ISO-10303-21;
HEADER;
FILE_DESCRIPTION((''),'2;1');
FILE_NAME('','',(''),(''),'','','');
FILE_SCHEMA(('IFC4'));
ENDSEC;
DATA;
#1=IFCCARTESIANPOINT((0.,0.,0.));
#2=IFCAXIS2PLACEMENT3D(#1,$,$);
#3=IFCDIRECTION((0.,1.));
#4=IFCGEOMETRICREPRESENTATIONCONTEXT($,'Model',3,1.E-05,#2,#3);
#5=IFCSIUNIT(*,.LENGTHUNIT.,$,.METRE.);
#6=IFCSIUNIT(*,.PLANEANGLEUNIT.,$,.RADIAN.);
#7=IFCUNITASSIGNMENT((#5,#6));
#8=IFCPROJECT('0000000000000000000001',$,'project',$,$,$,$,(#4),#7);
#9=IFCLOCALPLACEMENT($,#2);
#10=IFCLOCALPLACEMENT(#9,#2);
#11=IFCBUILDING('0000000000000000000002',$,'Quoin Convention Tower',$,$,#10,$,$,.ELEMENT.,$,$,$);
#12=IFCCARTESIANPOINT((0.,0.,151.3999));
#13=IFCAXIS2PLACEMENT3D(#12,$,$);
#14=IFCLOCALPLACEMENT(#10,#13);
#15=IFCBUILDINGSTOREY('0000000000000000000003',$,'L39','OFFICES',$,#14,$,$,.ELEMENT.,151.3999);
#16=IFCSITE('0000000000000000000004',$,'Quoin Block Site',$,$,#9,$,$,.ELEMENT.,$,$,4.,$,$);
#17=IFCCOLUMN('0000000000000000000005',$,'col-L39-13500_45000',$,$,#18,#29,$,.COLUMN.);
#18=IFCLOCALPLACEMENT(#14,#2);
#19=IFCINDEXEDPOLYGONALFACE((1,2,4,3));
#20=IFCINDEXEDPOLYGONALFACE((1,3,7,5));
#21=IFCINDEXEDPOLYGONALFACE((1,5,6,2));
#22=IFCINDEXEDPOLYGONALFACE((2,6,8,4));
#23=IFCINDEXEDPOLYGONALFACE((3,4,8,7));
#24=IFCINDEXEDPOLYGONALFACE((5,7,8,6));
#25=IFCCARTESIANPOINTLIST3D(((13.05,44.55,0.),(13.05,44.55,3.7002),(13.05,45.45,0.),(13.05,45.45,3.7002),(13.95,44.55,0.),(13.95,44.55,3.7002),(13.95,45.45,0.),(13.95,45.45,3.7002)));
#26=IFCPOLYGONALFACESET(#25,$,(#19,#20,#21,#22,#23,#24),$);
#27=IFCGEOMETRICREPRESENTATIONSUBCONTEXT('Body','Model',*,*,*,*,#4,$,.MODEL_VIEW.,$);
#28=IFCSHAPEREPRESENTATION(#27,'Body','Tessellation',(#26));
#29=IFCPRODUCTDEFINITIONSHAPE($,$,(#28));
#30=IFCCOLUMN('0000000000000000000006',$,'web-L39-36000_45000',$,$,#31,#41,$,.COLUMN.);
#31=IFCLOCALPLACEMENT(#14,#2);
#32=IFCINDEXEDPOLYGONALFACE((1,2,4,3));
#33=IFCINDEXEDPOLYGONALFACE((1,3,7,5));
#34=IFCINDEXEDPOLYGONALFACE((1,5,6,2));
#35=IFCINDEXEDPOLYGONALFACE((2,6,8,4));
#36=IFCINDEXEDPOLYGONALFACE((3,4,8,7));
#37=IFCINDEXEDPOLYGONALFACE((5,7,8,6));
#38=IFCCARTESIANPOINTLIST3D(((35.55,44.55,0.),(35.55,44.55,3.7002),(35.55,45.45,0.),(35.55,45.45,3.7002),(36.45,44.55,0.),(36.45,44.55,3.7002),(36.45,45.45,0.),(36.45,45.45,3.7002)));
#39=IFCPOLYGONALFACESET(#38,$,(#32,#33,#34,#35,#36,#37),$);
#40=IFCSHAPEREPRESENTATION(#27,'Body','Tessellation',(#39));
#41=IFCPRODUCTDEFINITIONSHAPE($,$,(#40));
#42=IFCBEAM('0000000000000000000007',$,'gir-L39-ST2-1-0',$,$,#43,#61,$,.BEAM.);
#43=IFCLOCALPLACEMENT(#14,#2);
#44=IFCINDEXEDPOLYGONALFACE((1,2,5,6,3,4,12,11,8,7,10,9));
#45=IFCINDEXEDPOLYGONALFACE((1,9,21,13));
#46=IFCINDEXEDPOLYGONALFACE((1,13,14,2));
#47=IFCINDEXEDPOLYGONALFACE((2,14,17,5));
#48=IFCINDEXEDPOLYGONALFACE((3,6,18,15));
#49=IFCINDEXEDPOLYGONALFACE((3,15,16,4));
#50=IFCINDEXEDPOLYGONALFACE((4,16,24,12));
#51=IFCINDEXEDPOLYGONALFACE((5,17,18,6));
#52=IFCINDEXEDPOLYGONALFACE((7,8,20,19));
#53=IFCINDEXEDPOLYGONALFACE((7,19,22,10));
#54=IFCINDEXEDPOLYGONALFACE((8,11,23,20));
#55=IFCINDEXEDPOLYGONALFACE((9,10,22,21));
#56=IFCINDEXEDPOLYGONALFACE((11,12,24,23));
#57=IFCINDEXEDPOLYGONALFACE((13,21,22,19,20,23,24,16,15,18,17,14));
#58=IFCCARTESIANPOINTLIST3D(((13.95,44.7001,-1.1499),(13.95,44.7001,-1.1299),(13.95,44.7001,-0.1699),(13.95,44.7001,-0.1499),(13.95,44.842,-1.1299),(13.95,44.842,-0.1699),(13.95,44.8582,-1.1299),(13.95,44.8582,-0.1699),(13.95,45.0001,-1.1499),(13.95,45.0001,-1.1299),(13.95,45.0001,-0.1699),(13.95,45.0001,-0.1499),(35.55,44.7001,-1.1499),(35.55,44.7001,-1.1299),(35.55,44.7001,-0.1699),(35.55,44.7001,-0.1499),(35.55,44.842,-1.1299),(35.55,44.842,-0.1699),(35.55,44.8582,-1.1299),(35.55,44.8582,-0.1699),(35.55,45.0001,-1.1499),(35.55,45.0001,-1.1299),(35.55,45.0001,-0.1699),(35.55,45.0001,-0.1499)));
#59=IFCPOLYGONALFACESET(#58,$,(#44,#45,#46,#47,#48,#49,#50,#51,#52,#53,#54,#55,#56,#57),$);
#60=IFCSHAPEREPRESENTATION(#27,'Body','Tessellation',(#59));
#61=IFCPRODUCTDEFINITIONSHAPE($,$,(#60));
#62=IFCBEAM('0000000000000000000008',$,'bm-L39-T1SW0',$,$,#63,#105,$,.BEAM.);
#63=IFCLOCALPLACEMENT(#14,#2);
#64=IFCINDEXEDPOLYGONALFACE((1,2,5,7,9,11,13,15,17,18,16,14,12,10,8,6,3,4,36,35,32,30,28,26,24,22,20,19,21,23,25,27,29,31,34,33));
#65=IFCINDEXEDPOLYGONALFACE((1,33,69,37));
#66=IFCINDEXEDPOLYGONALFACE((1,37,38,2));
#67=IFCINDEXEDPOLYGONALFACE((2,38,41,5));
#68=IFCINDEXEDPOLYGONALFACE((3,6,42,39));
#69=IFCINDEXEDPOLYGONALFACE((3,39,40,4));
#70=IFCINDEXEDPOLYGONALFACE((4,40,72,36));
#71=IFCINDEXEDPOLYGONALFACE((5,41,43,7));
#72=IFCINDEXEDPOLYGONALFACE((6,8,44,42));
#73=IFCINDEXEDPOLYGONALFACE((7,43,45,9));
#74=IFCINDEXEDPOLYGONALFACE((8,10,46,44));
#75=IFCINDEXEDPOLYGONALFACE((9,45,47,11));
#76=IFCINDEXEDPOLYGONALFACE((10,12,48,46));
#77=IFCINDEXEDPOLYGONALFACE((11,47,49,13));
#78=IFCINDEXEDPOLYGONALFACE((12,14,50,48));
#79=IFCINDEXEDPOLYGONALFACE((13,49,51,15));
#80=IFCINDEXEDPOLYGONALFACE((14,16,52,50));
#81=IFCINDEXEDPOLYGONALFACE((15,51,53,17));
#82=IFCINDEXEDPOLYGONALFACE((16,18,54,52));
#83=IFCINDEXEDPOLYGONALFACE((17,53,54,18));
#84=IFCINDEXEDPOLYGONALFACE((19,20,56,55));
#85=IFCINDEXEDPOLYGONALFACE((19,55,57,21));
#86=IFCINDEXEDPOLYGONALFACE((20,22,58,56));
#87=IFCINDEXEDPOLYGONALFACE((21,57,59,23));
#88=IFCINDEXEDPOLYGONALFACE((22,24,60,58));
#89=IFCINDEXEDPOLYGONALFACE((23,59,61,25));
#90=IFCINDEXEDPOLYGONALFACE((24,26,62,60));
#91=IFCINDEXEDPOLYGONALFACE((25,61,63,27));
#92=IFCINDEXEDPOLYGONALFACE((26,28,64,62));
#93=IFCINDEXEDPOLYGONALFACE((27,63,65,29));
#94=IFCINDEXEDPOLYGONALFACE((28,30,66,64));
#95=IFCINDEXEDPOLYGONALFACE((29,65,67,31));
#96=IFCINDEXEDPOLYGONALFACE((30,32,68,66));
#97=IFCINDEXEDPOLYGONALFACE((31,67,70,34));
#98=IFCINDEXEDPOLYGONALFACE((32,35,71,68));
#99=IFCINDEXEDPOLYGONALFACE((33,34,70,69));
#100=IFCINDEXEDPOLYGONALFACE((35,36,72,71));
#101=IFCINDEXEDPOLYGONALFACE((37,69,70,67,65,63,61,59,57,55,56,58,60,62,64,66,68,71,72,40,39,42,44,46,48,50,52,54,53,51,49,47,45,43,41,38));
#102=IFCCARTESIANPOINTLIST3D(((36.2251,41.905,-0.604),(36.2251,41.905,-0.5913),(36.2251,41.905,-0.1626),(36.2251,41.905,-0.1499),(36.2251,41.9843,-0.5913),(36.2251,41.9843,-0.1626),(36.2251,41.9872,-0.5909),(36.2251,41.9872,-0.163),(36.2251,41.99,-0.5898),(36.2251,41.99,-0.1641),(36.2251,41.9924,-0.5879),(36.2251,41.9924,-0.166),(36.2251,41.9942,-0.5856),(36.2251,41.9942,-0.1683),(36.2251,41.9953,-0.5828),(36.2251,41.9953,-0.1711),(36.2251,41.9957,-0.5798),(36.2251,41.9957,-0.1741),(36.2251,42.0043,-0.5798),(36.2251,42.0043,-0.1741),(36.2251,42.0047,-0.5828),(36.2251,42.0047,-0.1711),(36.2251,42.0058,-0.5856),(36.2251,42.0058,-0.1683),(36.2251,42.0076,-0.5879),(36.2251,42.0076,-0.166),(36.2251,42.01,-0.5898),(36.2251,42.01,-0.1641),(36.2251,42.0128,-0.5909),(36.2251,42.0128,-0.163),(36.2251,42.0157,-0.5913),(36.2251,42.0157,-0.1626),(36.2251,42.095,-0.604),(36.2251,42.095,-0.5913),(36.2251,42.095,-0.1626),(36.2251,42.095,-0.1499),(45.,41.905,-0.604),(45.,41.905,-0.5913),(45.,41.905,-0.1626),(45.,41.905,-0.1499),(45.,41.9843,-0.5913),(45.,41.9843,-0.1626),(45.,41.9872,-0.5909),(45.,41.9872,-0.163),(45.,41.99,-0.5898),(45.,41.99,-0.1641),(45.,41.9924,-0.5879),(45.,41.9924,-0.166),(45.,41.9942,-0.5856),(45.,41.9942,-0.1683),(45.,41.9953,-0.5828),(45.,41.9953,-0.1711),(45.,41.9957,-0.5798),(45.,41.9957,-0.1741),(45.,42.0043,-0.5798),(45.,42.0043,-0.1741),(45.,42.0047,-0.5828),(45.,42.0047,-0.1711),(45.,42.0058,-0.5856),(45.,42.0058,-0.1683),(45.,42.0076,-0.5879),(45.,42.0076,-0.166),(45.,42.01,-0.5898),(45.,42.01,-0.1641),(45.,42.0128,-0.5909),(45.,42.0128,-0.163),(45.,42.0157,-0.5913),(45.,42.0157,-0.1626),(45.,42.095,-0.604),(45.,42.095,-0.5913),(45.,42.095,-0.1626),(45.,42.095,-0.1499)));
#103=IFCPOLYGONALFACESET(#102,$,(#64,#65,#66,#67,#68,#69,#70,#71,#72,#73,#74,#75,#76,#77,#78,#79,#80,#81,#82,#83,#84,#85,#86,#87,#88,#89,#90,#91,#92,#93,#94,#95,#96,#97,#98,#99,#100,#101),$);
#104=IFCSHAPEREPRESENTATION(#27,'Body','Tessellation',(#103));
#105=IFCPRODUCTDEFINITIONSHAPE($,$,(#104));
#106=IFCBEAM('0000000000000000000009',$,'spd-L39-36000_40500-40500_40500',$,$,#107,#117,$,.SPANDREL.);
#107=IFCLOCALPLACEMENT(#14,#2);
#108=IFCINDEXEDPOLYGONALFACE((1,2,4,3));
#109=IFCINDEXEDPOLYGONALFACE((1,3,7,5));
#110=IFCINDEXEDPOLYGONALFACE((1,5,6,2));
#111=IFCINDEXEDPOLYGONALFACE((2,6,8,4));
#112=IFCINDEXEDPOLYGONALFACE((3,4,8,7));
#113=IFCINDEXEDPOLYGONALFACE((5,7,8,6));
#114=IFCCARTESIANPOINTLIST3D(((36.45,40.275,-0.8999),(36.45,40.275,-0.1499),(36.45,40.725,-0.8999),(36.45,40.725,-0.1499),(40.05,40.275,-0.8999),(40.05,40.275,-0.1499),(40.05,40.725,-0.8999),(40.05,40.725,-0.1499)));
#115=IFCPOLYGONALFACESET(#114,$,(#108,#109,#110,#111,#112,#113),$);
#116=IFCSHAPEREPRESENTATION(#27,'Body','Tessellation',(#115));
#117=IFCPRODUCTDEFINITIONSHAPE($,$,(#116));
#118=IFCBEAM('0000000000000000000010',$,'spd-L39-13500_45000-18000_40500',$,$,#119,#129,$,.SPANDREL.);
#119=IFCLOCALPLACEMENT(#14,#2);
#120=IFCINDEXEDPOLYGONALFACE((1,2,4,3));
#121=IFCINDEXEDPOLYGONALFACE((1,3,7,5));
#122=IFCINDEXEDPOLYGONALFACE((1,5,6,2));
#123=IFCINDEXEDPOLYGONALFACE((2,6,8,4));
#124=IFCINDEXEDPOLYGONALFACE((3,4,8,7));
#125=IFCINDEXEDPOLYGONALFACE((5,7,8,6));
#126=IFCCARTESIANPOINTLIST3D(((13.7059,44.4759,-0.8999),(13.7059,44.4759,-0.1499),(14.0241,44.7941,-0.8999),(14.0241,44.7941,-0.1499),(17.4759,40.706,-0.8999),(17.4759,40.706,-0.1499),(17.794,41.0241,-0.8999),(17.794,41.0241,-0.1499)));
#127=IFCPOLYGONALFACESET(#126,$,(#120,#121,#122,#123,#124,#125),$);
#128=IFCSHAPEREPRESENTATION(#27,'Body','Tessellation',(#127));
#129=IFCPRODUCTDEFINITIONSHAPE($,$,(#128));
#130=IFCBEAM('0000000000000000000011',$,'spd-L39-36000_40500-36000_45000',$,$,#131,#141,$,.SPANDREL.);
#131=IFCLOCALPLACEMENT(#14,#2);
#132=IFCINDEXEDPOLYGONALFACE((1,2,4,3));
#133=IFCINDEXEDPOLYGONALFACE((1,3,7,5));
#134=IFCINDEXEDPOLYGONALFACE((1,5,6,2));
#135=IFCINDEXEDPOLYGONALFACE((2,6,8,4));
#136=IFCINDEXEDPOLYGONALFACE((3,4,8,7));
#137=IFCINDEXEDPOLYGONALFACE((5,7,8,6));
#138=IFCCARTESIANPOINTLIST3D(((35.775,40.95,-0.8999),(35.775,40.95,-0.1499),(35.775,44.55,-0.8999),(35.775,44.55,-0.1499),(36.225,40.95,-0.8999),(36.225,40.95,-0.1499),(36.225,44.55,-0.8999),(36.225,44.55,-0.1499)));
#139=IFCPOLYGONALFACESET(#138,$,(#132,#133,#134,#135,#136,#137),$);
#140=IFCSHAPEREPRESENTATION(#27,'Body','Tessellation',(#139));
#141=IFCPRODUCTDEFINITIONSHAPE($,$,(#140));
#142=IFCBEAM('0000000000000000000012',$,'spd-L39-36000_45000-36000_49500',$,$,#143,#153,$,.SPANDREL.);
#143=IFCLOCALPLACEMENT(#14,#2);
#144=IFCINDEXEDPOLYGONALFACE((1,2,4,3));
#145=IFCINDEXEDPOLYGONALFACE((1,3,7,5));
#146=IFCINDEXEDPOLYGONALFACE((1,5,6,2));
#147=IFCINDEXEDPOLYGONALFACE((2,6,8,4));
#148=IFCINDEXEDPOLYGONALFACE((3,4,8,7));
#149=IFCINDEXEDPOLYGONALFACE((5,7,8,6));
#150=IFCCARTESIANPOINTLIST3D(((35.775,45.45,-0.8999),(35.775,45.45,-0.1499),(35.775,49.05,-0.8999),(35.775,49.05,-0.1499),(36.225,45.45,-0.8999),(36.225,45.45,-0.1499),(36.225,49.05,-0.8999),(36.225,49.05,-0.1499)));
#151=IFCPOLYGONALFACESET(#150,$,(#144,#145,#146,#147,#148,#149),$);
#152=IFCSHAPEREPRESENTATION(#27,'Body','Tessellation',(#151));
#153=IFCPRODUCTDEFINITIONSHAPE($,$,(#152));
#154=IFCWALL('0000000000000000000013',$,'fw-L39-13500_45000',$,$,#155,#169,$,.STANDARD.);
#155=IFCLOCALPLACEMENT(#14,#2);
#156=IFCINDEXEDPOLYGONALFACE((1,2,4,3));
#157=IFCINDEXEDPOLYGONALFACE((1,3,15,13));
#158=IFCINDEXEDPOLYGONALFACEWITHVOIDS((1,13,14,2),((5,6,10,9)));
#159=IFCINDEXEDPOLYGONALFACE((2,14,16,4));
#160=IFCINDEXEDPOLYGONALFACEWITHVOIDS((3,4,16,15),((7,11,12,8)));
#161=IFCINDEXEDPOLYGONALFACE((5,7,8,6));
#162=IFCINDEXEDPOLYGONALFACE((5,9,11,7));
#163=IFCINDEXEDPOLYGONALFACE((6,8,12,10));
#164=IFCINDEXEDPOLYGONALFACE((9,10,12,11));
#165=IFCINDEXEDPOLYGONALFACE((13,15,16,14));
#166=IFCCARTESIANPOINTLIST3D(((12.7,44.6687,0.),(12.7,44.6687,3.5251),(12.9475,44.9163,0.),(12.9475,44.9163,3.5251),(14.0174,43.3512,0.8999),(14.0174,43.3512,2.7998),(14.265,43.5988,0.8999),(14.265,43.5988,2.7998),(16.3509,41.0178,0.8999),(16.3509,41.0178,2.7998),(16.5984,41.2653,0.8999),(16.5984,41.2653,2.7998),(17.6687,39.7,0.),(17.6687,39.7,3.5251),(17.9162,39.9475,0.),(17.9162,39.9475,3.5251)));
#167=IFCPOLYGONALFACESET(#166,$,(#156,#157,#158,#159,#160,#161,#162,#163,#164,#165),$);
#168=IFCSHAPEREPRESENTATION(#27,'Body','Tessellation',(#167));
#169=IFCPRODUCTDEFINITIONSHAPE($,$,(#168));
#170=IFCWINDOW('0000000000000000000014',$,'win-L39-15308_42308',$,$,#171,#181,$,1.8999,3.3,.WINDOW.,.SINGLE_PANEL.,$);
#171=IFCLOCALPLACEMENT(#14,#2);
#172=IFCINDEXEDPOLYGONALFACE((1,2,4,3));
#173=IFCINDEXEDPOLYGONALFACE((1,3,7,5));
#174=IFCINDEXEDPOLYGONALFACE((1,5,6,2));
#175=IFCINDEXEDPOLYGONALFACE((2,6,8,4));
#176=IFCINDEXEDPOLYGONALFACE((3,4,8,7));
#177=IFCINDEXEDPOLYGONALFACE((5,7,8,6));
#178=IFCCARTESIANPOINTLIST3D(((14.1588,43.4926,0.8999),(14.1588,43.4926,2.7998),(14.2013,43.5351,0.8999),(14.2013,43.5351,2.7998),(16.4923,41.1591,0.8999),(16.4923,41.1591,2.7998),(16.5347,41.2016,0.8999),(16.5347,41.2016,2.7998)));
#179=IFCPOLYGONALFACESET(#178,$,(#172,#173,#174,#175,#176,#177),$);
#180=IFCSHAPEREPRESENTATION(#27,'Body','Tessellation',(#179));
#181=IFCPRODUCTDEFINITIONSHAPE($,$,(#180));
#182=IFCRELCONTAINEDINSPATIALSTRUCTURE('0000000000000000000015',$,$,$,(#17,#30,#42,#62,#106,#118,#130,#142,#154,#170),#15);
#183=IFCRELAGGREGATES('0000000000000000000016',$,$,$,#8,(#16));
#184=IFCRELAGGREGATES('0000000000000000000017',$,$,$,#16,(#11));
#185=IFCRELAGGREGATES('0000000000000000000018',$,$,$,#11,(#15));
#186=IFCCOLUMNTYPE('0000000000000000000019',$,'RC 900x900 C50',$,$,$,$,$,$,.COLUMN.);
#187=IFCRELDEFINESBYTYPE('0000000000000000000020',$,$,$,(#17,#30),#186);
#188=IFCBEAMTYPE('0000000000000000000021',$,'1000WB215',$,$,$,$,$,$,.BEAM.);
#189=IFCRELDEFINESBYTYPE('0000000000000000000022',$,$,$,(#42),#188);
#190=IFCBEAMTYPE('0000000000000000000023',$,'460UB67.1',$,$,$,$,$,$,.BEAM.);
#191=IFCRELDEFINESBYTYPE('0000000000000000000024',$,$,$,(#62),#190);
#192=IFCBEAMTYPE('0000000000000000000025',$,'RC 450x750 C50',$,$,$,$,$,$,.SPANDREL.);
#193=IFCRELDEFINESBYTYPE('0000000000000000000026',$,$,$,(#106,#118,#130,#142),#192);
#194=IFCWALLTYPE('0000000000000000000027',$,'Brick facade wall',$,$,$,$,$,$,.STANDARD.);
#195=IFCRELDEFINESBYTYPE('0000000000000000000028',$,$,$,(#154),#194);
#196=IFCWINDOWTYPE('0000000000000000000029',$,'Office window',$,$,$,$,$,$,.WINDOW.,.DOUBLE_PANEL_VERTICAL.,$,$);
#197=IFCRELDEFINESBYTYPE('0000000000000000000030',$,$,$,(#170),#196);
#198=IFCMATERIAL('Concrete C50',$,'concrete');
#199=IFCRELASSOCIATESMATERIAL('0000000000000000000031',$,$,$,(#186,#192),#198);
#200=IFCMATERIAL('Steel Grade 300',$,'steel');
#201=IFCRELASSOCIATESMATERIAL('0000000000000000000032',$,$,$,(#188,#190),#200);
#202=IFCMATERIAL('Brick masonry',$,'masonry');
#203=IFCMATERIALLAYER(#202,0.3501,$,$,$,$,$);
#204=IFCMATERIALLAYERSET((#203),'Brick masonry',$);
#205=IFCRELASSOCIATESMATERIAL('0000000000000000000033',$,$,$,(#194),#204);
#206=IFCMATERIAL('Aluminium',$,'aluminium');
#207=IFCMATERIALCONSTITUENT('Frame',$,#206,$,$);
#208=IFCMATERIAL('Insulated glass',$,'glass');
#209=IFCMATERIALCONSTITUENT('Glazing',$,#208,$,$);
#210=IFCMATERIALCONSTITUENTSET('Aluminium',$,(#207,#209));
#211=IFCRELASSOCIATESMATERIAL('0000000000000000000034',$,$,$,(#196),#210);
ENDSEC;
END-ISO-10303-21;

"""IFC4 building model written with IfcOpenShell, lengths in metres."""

from ifc_helpers import new_model, si_unit, direction, frame, frame_2d, origin, origin_2d, place, context, subcontext, project, spatial, rectangle, i_section, extrude, material, layer, layer_set, constituent, constituent_set, material_profile, profile_set, type_object, element, fill, save


model = new_model("IFC4")

# Units and contexts
model_context = context("Model", 3, precision=1e-05, world=origin(), true_north=direction((0.0, 1.0)))
body_context = subcontext(model_context, "Body", "Model", "MODEL_VIEW")
ifc_project = project(units=[si_unit("LENGTHUNIT", "METRE"), si_unit("PLANEANGLEUNIT", "RADIAN")], contexts=[model_context])

# Site, building, storey
site_placement = place(None, origin())
site = spatial("IfcSite", under=ifc_project, at=site_placement, Name="Quoin Block Site", CompositionType="ELEMENT", RefElevation=4.0)
building_placement = place(site_placement, origin())
building = spatial("IfcBuilding", under=site, at=building_placement, Name="Quoin Convention Tower", CompositionType="ELEMENT")
storey_placement = place(building_placement, frame((0.0, 0.0, 151.3999)))
storey = spatial("IfcBuildingStorey", under=building, at=storey_placement, Name="L39", Description="OFFICES", CompositionType="ELEMENT", Elevation=151.3999)

# Columns
ifc_material_1 = material(Name="Concrete C50", Category="concrete")
ifc_material_profile_1 = material_profile(ifc_material_1, rectangle(XDim=0.8999, YDim=0.8999, at=origin_2d()), Name="RC 900x900")
ifc_profile_set_1 = profile_set([ifc_material_profile_1], Name="Concrete C50")
column_type = type_object("IfcColumnType", Name="RC 900x900 C50", PredefinedType="COLUMN", material=ifc_profile_set_1)
for number, where, z_axis, x_axis, name in (
    (1, (13.5, 45.0, 0.0), (0.0, 0.0, 1.0), (1.0, 0.0, 0.0), "col-L39-13500_45000"),
    (2, (36.0, 45.0, 0.0), (0.0, 0.0, 1.0), (1.0, 0.0, 0.0), "web-L39-36000_45000"),
):
    element("IfcColumn", number, at=place(storey_placement, frame(where, z_axis=z_axis, x_axis=x_axis)), inside=storey, type_object=column_type, Name=name, PredefinedType="COLUMN", context=body_context, shape_type="SweptSolid", body=[
        extrude(rectangle(XDim=0.8999, YDim=0.8999, at=origin_2d()), origin(), (0.0, 0.0, 1.0), 3.7002),
    ])

# Beams
ifc_material_2 = material(Name="Steel Grade 300", Category="steel")
ifc_material_profile_2 = material_profile(ifc_material_2, i_section(OverallWidth=0.3, OverallDepth=1.0, WebThickness=0.0161, FlangeThickness=0.02, at=origin_2d()), Name="1000WB215")
ifc_profile_set_2 = profile_set([ifc_material_profile_2], Name="Steel Grade 300")
beam_type_1 = type_object("IfcBeamType", Name="1000WB215", PredefinedType="BEAM", material=ifc_profile_set_2)
beam_1_placement = place(storey_placement, frame((13.95, 44.8501, -0.6499), z_axis=(1.0, 0.0, 0.0), x_axis=(0.0, 1.0, 0.0)))
element("IfcBeam", 3, at=beam_1_placement, inside=storey, type_object=beam_type_1, Name="gir-L39-ST2-1-0", PredefinedType="BEAM", context=body_context, shape_type="SweptSolid", body=[
    extrude(i_section(OverallWidth=0.3, OverallDepth=1.0, WebThickness=0.0161, FlangeThickness=0.02, at=origin_2d()), origin(), (0.0, 0.0, 1.0), 21.6001),
])
ifc_material_profile_3 = material_profile(ifc_material_2, i_section(OverallWidth=0.1899, OverallDepth=0.4541, WebThickness=0.0085, FlangeThickness=0.0127, FilletRadius=0.0115, at=origin_2d()), Name="460UB67.1")
ifc_profile_set_3 = profile_set([ifc_material_profile_3], Name="Steel Grade 300")
beam_type_2 = type_object("IfcBeamType", Name="460UB67.1", PredefinedType="BEAM", material=ifc_profile_set_3)
beam_2_placement = place(storey_placement, frame((36.2251, 42.0, -0.377), z_axis=(1.0, 0.0, 0.0), x_axis=(0.0, 1.0, 0.0)))
element("IfcBeam", 4, at=beam_2_placement, inside=storey, type_object=beam_type_2, Name="bm-L39-T1SW0", PredefinedType="BEAM", context=body_context, shape_type="SweptSolid", body=[
    extrude(i_section(OverallWidth=0.1899, OverallDepth=0.4541, WebThickness=0.0085, FlangeThickness=0.0127, FilletRadius=0.0115, at=origin_2d()), origin(), (0.0, 0.0, 1.0), 8.7749),
])
ifc_material_profile_4 = material_profile(ifc_material_1, rectangle(XDim=0.45, YDim=0.75, at=origin_2d()), Name="RC 450x750")
ifc_profile_set_4 = profile_set([ifc_material_profile_4], Name="Concrete C50")
beam_type_3 = type_object("IfcBeamType", Name="RC 450x750 C50", PredefinedType="SPANDREL", material=ifc_profile_set_4)
beam_3_placement = place(storey_placement, frame((36.45, 40.5, -0.5249), z_axis=(1.0, 0.0, 0.0), x_axis=(0.0, 1.0, 0.0)))
element("IfcBeam", 5, at=beam_3_placement, inside=storey, type_object=beam_type_3, Name="spd-L39-36000_40500-40500_40500", PredefinedType="SPANDREL", context=body_context, shape_type="SweptSolid", body=[
    extrude(rectangle(XDim=0.45, YDim=0.75, at=origin_2d()), origin(), (0.0, 0.0, 1.0), 3.6001),
])
beam_4_placement = place(storey_placement, frame((13.865, 44.635, -0.5249), z_axis=(0.707107, -0.707107, 0.0), x_axis=(0.707107, 0.707107, 0.0)))
element("IfcBeam", 6, at=beam_4_placement, inside=storey, type_object=beam_type_3, Name="spd-L39-13500_45000-18000_40500", PredefinedType="SPANDREL", context=body_context, shape_type="SweptSolid", body=[
    extrude(rectangle(XDim=0.45, YDim=0.75, at=origin_2d()), origin(), (0.0, 0.0, 1.0), 5.3315),
])
for number, where, z_axis, x_axis, name in (
    (7, (36.0, 40.95, -0.5249), (0.0, 1.0, 0.0), (-1.0, 0.0, 0.0), "spd-L39-36000_40500-36000_45000"),
    (8, (36.0, 45.45, -0.5249), (0.0, 1.0, 0.0), (-1.0, 0.0, 0.0), "spd-L39-36000_45000-36000_49500"),
):
    element("IfcBeam", number, at=place(storey_placement, frame(where, z_axis=z_axis, x_axis=x_axis)), inside=storey, type_object=beam_type_3, Name=name, PredefinedType="SPANDREL", context=body_context, shape_type="SweptSolid", body=[
        extrude(rectangle(XDim=0.45, YDim=0.75, at=origin_2d()), origin(), (0.0, 0.0, 1.0), 3.6001),
    ])

# Wall, opening, window
ifc_material_3 = material(Name="Brick masonry", Category="masonry")
ifc_layer_1 = layer(ifc_material_3, 0.3501)
ifc_layer_set_1 = layer_set([ifc_layer_1], Name="Brick masonry")
wall_type_1 = type_object("IfcWallType", Name="Brick facade wall", PredefinedType="STANDARD", material=ifc_layer_set_1)
wall_1_placement = place(storey_placement, frame((12.8237, 44.7925, 0.0), z_axis=(0.0, 0.0, 1.0), x_axis=(0.707107, -0.707107, 0.0)))
wall_1 = element("IfcWall", 9, at=wall_1_placement, inside=storey, type_object=wall_type_1, Name="fw-L39-13500_45000", PredefinedType="STANDARD", context=body_context, shape_type="SweptSolid", body=[
    extrude(rectangle(XDim=7.0269, YDim=0.3501, at=frame_2d((3.5134, 0.0))), origin(), (0.0, 0.0, 1.0), 3.5251),
])
opening_1_placement = place(wall_1_placement, frame((1.8633, 0.0, 0.8999)))
opening_1 = element("IfcOpeningElement", 10, at=opening_1_placement, cuts=wall_1, PredefinedType="OPENING", context=body_context, shape_type="SweptSolid", body=[
    extrude(rectangle(XDim=3.3, YDim=1.8999, at=frame_2d((1.6499, 0.95))), frame((0.0, 0.1851, 0.0), z_axis=(0.0, -1.0, 0.0), x_axis=(1.0, 0.0, 0.0)), (0.0, 0.0, 1.0), 0.3701),
])
ifc_material_4 = material(Name="Aluminium", Category="aluminium")
ifc_constituent_1 = constituent(ifc_material_4, Name="Frame")
ifc_material_5 = material(Name="Insulated glass", Category="glass")
ifc_constituent_2 = constituent(ifc_material_5, Name="Glazing")
ifc_constituent_set = constituent_set(constituents=[ifc_constituent_1, ifc_constituent_2], Name="Aluminium")
window_type = type_object("IfcWindowType", Name="Office window", PartitioningType="DOUBLE_PANEL_VERTICAL", PredefinedType="WINDOW", material=ifc_constituent_set)
window_placement = place(opening_1_placement, origin())
window = element("IfcWindow", 11, at=window_placement, inside=storey, type_object=window_type, Name="win-L39-15308_42308", OverallHeight=1.8999, OverallWidth=3.3, PartitioningType="SINGLE_PANEL", PredefinedType="WINDOW", context=body_context, shape_type="SweptSolid", body=[
    extrude(rectangle(XDim=3.3, YDim=1.8999, at=frame_2d((1.6499, 0.95))), frame((0.0, 0.085, 0.0), z_axis=(0.0, -1.0, 0.0), x_axis=(1.0, 0.0, 0.0)), (0.0, 0.0, 1.0), 0.0601),
])
fill(opening_1, window)

save(model, "model.ifc")
